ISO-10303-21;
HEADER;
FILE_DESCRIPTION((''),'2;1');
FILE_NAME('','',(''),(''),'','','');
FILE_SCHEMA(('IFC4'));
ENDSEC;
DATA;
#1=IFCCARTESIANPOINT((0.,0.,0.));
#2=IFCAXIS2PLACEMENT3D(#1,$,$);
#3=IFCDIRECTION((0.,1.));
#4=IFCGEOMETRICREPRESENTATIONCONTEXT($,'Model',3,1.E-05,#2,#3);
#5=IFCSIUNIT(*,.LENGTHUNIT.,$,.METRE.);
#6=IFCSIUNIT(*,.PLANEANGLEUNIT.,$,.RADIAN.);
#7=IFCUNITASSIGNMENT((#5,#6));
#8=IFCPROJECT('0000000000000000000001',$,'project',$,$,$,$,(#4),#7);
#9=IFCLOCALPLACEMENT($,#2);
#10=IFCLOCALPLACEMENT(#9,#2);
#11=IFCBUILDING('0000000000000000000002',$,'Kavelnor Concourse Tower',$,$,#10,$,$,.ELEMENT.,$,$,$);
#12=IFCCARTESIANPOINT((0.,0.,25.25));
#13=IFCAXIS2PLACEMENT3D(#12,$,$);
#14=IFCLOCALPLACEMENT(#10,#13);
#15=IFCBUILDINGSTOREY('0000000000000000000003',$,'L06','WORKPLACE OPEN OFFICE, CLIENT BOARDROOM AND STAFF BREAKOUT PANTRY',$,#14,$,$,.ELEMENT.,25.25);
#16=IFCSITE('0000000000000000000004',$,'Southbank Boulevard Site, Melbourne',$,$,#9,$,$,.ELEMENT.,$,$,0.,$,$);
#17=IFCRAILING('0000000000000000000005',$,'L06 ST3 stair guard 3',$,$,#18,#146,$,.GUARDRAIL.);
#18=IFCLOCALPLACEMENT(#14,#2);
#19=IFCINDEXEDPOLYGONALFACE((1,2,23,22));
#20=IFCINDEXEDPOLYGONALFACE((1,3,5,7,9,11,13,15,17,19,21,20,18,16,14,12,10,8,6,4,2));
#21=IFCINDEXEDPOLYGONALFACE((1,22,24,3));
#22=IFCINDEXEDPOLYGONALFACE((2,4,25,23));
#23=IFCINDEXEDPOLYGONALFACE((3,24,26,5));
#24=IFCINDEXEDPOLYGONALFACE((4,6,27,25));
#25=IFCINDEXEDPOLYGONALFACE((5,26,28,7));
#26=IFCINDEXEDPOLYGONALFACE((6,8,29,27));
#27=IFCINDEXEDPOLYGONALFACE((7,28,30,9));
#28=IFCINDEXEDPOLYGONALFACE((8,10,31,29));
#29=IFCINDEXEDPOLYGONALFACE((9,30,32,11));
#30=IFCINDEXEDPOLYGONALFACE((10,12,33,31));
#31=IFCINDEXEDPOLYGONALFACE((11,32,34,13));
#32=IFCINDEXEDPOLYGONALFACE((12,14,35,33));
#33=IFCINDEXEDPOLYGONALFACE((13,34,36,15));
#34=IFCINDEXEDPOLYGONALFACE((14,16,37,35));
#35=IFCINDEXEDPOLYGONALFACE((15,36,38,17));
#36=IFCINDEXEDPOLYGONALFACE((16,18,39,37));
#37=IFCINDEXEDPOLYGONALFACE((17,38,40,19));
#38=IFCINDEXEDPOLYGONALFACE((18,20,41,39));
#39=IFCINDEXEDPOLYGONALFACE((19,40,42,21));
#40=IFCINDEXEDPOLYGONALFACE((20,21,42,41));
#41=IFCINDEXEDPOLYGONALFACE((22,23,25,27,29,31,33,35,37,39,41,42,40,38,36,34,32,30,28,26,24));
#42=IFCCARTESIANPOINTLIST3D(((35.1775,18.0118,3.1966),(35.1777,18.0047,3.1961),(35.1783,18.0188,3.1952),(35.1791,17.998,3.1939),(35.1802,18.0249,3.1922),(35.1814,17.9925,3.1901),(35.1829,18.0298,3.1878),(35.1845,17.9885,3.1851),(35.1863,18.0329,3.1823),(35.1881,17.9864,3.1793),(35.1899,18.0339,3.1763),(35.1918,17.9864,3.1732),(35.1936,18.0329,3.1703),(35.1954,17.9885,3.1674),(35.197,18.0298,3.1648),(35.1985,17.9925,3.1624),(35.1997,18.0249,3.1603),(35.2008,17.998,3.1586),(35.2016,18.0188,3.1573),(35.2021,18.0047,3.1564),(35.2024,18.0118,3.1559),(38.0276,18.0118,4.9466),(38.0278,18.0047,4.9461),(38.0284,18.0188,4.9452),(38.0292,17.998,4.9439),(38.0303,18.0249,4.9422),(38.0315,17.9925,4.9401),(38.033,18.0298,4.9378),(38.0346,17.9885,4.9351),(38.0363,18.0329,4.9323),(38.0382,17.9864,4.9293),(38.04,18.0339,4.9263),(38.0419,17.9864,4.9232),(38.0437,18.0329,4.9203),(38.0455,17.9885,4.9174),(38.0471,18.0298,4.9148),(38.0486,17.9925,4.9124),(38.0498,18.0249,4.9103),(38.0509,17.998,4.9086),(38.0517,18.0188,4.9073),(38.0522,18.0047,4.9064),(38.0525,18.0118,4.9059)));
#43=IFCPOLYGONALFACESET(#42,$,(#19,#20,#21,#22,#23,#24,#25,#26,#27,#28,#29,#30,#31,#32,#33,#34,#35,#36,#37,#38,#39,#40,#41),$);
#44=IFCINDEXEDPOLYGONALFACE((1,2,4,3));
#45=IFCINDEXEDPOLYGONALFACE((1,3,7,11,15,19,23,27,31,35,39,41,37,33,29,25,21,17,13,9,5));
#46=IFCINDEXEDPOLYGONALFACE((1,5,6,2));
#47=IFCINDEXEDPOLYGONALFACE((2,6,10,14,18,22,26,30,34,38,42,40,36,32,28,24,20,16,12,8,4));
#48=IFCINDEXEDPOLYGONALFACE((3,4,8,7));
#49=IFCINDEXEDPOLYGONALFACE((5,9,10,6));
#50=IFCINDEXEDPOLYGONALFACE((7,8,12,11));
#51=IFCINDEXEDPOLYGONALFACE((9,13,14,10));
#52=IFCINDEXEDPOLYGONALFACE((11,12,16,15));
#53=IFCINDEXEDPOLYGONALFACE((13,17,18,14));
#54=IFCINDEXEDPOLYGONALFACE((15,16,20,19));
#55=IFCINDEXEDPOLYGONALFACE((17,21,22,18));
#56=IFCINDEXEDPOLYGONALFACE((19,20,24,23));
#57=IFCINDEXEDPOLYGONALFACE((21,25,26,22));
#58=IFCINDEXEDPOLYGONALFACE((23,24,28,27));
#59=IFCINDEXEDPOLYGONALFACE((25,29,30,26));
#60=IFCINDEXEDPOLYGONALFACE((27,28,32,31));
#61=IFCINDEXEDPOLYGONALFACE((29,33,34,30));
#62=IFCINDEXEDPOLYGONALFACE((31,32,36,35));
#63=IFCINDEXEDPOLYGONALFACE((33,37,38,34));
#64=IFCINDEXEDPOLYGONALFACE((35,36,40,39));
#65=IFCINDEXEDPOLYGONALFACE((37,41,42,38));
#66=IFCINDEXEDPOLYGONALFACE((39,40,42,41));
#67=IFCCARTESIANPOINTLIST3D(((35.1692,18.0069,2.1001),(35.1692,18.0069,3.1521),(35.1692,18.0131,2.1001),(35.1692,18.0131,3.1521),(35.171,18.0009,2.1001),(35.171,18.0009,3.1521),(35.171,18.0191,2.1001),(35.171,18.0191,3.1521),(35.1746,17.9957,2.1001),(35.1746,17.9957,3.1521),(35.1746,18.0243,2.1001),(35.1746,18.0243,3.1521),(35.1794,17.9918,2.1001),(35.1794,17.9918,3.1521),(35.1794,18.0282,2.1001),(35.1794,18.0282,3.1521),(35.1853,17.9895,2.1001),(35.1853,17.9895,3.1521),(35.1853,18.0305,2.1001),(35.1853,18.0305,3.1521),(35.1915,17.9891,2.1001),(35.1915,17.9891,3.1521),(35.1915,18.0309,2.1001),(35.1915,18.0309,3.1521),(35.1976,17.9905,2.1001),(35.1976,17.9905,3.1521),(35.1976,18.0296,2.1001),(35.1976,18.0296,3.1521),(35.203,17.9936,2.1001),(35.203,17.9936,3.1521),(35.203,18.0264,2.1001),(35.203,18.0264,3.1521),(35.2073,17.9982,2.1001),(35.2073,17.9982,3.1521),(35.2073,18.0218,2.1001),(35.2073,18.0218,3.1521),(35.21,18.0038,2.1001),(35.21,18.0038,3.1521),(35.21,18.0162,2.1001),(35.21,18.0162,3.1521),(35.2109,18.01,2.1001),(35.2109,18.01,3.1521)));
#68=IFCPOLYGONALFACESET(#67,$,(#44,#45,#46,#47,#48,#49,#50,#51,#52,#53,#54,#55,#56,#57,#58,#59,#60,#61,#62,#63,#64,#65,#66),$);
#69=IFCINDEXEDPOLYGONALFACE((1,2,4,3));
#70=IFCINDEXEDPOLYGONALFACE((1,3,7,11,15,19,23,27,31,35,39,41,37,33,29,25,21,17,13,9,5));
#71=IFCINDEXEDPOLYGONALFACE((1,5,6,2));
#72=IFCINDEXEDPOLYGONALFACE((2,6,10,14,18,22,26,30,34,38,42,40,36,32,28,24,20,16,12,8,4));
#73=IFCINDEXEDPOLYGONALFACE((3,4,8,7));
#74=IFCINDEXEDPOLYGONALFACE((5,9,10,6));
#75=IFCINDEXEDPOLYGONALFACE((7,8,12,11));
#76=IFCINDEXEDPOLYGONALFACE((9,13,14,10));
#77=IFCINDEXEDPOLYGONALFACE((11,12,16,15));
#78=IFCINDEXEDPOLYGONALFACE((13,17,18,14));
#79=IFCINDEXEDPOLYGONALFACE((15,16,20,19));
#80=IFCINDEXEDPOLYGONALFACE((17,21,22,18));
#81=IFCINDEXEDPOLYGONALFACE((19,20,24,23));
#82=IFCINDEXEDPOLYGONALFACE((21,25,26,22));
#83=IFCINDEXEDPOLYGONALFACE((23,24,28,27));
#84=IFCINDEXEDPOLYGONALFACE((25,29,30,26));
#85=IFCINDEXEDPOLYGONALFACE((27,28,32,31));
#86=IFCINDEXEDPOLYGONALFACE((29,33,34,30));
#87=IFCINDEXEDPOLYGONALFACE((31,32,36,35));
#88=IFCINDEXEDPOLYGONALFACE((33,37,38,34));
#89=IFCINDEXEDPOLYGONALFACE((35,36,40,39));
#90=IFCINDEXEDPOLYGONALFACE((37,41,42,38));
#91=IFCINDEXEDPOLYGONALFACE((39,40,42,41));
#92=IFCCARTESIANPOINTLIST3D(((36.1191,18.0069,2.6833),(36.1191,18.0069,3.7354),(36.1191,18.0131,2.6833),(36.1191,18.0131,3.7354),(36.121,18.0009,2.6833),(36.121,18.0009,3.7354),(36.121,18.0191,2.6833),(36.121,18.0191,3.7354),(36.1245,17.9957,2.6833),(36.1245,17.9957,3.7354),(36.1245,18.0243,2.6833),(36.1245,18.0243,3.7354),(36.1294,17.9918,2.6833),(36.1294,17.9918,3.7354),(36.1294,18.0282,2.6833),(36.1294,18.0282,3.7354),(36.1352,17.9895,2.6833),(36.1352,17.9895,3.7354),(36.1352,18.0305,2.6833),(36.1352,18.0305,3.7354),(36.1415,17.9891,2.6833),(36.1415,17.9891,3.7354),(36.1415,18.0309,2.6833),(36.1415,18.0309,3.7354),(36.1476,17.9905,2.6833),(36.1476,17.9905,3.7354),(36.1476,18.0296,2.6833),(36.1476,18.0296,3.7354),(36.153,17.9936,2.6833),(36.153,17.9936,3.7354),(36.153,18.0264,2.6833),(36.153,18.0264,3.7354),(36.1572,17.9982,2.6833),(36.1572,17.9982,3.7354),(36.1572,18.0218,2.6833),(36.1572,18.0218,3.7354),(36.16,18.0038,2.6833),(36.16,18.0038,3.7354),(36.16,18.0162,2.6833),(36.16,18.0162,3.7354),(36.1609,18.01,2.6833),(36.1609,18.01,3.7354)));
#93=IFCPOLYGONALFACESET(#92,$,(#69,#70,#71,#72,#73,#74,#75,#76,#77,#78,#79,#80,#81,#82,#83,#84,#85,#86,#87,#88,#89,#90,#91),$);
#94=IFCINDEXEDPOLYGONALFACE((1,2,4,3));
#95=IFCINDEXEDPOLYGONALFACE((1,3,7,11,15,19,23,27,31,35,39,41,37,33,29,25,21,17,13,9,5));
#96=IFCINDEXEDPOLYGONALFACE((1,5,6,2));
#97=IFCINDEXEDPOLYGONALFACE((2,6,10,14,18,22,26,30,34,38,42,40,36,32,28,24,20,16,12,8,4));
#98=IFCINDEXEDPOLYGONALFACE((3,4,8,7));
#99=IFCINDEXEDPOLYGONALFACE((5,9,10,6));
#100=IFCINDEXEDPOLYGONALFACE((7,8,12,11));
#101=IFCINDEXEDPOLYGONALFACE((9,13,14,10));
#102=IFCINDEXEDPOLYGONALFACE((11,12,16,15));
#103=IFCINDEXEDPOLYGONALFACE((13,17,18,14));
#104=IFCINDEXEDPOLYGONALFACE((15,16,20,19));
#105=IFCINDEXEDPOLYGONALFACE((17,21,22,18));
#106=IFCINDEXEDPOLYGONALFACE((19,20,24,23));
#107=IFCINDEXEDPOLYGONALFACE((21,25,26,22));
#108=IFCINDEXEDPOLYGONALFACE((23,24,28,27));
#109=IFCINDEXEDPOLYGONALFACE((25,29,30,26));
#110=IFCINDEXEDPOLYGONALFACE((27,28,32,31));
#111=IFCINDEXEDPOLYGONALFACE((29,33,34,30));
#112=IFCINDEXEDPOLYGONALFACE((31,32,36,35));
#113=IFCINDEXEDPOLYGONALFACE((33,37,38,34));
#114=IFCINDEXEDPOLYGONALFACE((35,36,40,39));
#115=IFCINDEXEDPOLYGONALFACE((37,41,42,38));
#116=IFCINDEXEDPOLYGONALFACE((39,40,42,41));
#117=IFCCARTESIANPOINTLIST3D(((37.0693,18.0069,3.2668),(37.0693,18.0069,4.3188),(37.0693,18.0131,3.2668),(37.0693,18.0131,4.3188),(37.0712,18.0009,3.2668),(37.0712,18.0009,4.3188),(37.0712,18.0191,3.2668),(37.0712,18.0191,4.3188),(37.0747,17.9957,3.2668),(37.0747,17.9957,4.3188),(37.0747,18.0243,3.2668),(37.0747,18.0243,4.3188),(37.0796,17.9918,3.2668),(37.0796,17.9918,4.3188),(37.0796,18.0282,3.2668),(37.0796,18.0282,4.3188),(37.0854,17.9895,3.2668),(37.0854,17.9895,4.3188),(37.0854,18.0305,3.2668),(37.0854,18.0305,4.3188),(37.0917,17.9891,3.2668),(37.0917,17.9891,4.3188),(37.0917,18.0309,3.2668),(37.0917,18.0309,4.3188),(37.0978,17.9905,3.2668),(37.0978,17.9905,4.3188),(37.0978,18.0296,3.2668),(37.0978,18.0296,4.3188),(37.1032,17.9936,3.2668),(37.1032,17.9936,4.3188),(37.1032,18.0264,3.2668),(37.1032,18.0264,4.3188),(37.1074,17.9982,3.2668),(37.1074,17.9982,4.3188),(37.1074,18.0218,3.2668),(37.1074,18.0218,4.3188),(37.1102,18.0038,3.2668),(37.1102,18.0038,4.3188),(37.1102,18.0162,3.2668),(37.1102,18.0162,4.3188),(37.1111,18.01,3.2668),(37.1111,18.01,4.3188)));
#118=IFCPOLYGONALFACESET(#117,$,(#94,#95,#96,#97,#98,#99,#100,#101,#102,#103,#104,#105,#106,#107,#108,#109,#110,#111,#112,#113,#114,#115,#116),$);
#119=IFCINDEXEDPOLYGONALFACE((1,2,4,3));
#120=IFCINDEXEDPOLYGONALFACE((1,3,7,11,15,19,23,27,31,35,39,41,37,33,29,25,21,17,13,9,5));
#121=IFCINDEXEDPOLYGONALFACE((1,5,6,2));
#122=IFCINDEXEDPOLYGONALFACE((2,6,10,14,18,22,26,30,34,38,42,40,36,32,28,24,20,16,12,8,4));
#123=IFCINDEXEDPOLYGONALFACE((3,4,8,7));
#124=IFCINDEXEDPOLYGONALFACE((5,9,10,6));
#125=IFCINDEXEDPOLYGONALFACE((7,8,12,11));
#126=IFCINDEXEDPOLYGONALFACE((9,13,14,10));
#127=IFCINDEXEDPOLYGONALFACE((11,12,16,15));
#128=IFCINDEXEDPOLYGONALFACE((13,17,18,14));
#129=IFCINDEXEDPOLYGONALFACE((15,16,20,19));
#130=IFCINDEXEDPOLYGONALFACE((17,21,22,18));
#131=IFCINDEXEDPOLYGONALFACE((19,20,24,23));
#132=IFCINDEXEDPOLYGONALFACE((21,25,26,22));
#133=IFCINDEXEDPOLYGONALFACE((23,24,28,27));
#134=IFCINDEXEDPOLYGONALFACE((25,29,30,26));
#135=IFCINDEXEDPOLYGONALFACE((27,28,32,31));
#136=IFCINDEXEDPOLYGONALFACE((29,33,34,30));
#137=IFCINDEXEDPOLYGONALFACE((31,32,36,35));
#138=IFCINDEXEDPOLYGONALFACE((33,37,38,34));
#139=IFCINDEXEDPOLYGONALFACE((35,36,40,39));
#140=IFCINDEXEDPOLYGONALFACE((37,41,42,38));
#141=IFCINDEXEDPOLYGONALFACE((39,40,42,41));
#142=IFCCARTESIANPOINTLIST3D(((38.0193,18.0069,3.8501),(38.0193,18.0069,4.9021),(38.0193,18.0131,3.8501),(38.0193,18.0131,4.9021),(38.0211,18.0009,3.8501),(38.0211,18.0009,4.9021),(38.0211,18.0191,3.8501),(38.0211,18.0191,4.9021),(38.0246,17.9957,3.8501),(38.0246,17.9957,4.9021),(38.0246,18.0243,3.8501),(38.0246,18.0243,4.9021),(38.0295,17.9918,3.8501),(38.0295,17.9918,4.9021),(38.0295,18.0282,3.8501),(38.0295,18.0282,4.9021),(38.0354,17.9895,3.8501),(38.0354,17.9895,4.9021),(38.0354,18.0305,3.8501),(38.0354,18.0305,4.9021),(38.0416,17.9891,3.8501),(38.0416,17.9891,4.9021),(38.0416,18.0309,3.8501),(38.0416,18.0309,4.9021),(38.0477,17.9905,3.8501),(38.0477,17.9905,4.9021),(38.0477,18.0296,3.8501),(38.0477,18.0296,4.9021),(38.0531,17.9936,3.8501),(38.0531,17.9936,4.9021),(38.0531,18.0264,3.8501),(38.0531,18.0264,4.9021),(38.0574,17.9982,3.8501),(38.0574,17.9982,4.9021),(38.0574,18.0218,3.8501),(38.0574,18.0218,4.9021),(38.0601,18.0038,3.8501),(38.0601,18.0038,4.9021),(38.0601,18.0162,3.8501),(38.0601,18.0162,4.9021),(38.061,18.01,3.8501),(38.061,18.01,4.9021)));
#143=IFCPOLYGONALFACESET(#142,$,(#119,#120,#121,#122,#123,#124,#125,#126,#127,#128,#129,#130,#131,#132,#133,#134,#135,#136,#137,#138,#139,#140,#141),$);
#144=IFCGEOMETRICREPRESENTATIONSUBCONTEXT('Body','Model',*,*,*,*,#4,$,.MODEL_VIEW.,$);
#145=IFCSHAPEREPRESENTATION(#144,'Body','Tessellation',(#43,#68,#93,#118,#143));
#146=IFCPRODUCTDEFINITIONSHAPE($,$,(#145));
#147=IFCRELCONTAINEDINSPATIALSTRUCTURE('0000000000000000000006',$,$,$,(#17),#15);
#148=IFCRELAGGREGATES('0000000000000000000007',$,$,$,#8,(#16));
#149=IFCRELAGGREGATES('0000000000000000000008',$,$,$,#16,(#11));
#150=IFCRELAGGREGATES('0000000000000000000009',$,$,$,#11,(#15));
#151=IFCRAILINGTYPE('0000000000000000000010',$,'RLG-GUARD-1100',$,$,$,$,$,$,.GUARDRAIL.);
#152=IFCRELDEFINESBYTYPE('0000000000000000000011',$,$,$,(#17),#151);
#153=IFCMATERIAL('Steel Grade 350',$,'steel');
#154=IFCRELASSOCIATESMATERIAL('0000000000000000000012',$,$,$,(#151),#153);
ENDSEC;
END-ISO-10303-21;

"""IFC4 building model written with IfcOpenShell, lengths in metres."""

from ifc_helpers import new_model, si_unit, direction, frame, origin, origin_2d, place, context, subcontext, project, spatial, circle, extrude, material, type_object, element, save


model = new_model("IFC4")

# Units and contexts
model_context = context("Model", 3, precision=1e-05, world=origin(), true_north=direction((0.0, 1.0)))
body_context = subcontext(model_context, "Body", "Model", "MODEL_VIEW")
ifc_project = project(units=[si_unit("LENGTHUNIT", "METRE"), si_unit("PLANEANGLEUNIT", "RADIAN")], contexts=[model_context])

# Site, building, storey
site_placement = place(None, origin())
site = spatial("IfcSite", under=ifc_project, at=site_placement, Name="Southbank Boulevard Site, Melbourne", CompositionType="ELEMENT", RefElevation=0.0)
building_placement = place(site_placement, origin())
building = spatial("IfcBuilding", under=site, at=building_placement, Name="Kavelnor Concourse Tower", CompositionType="ELEMENT")
storey_placement = place(building_placement, frame((0.0, 0.0, 25.25)))
storey = spatial("IfcBuildingStorey", under=building, at=storey_placement, Name="L06", Description="WORKPLACE OPEN OFFICE, CLIENT BOARDROOM AND STAFF BREAKOUT PANTRY", CompositionType="ELEMENT", Elevation=25.25)

# Shared definitions
ifc_material_1 = material(Name="Steel Grade 350", Category="steel")

# Railing
railing_type = type_object("IfcRailingType", Name="RLG-GUARD-1100", PredefinedType="GUARDRAIL", material=ifc_material_1)
railing_1_placement = place(storey_placement, frame((35.1899, 18.01, 2.1001)))
element("IfcRailing", 1, at=railing_1_placement, inside=storey, type_object=railing_type, Name="L06 ST3 stair guard 3", PredefinedType="GUARDRAIL", context=body_context, shape_type="SweptSolid", body=[
    extrude(circle(Radius=0.0239, at=origin_2d()), frame((0.0, 0.0, 1.0762), z_axis=(0.852179, 0.0, 0.52325), x_axis=(0.0, 1.0, 0.0)), (0.0, 0.0, 1.0), 3.3445),
    extrude(circle(Radius=0.021, at=origin_2d()), origin(), (0.0, 0.0, 1.0), 1.052),
    extrude(circle(Radius=0.021, at=origin_2d()), frame((0.95, 0.0, 0.5833)), (0.0, 0.0, 1.0), 1.052),
    extrude(circle(Radius=0.021, at=origin_2d()), frame((1.9001, 0.0, 1.1667)), (0.0, 0.0, 1.0), 1.052),
    extrude(circle(Radius=0.021, at=origin_2d()), frame((2.8501, 0.0, 1.75)), (0.0, 0.0, 1.0), 1.052),
])

save(model, "model.ifc")
